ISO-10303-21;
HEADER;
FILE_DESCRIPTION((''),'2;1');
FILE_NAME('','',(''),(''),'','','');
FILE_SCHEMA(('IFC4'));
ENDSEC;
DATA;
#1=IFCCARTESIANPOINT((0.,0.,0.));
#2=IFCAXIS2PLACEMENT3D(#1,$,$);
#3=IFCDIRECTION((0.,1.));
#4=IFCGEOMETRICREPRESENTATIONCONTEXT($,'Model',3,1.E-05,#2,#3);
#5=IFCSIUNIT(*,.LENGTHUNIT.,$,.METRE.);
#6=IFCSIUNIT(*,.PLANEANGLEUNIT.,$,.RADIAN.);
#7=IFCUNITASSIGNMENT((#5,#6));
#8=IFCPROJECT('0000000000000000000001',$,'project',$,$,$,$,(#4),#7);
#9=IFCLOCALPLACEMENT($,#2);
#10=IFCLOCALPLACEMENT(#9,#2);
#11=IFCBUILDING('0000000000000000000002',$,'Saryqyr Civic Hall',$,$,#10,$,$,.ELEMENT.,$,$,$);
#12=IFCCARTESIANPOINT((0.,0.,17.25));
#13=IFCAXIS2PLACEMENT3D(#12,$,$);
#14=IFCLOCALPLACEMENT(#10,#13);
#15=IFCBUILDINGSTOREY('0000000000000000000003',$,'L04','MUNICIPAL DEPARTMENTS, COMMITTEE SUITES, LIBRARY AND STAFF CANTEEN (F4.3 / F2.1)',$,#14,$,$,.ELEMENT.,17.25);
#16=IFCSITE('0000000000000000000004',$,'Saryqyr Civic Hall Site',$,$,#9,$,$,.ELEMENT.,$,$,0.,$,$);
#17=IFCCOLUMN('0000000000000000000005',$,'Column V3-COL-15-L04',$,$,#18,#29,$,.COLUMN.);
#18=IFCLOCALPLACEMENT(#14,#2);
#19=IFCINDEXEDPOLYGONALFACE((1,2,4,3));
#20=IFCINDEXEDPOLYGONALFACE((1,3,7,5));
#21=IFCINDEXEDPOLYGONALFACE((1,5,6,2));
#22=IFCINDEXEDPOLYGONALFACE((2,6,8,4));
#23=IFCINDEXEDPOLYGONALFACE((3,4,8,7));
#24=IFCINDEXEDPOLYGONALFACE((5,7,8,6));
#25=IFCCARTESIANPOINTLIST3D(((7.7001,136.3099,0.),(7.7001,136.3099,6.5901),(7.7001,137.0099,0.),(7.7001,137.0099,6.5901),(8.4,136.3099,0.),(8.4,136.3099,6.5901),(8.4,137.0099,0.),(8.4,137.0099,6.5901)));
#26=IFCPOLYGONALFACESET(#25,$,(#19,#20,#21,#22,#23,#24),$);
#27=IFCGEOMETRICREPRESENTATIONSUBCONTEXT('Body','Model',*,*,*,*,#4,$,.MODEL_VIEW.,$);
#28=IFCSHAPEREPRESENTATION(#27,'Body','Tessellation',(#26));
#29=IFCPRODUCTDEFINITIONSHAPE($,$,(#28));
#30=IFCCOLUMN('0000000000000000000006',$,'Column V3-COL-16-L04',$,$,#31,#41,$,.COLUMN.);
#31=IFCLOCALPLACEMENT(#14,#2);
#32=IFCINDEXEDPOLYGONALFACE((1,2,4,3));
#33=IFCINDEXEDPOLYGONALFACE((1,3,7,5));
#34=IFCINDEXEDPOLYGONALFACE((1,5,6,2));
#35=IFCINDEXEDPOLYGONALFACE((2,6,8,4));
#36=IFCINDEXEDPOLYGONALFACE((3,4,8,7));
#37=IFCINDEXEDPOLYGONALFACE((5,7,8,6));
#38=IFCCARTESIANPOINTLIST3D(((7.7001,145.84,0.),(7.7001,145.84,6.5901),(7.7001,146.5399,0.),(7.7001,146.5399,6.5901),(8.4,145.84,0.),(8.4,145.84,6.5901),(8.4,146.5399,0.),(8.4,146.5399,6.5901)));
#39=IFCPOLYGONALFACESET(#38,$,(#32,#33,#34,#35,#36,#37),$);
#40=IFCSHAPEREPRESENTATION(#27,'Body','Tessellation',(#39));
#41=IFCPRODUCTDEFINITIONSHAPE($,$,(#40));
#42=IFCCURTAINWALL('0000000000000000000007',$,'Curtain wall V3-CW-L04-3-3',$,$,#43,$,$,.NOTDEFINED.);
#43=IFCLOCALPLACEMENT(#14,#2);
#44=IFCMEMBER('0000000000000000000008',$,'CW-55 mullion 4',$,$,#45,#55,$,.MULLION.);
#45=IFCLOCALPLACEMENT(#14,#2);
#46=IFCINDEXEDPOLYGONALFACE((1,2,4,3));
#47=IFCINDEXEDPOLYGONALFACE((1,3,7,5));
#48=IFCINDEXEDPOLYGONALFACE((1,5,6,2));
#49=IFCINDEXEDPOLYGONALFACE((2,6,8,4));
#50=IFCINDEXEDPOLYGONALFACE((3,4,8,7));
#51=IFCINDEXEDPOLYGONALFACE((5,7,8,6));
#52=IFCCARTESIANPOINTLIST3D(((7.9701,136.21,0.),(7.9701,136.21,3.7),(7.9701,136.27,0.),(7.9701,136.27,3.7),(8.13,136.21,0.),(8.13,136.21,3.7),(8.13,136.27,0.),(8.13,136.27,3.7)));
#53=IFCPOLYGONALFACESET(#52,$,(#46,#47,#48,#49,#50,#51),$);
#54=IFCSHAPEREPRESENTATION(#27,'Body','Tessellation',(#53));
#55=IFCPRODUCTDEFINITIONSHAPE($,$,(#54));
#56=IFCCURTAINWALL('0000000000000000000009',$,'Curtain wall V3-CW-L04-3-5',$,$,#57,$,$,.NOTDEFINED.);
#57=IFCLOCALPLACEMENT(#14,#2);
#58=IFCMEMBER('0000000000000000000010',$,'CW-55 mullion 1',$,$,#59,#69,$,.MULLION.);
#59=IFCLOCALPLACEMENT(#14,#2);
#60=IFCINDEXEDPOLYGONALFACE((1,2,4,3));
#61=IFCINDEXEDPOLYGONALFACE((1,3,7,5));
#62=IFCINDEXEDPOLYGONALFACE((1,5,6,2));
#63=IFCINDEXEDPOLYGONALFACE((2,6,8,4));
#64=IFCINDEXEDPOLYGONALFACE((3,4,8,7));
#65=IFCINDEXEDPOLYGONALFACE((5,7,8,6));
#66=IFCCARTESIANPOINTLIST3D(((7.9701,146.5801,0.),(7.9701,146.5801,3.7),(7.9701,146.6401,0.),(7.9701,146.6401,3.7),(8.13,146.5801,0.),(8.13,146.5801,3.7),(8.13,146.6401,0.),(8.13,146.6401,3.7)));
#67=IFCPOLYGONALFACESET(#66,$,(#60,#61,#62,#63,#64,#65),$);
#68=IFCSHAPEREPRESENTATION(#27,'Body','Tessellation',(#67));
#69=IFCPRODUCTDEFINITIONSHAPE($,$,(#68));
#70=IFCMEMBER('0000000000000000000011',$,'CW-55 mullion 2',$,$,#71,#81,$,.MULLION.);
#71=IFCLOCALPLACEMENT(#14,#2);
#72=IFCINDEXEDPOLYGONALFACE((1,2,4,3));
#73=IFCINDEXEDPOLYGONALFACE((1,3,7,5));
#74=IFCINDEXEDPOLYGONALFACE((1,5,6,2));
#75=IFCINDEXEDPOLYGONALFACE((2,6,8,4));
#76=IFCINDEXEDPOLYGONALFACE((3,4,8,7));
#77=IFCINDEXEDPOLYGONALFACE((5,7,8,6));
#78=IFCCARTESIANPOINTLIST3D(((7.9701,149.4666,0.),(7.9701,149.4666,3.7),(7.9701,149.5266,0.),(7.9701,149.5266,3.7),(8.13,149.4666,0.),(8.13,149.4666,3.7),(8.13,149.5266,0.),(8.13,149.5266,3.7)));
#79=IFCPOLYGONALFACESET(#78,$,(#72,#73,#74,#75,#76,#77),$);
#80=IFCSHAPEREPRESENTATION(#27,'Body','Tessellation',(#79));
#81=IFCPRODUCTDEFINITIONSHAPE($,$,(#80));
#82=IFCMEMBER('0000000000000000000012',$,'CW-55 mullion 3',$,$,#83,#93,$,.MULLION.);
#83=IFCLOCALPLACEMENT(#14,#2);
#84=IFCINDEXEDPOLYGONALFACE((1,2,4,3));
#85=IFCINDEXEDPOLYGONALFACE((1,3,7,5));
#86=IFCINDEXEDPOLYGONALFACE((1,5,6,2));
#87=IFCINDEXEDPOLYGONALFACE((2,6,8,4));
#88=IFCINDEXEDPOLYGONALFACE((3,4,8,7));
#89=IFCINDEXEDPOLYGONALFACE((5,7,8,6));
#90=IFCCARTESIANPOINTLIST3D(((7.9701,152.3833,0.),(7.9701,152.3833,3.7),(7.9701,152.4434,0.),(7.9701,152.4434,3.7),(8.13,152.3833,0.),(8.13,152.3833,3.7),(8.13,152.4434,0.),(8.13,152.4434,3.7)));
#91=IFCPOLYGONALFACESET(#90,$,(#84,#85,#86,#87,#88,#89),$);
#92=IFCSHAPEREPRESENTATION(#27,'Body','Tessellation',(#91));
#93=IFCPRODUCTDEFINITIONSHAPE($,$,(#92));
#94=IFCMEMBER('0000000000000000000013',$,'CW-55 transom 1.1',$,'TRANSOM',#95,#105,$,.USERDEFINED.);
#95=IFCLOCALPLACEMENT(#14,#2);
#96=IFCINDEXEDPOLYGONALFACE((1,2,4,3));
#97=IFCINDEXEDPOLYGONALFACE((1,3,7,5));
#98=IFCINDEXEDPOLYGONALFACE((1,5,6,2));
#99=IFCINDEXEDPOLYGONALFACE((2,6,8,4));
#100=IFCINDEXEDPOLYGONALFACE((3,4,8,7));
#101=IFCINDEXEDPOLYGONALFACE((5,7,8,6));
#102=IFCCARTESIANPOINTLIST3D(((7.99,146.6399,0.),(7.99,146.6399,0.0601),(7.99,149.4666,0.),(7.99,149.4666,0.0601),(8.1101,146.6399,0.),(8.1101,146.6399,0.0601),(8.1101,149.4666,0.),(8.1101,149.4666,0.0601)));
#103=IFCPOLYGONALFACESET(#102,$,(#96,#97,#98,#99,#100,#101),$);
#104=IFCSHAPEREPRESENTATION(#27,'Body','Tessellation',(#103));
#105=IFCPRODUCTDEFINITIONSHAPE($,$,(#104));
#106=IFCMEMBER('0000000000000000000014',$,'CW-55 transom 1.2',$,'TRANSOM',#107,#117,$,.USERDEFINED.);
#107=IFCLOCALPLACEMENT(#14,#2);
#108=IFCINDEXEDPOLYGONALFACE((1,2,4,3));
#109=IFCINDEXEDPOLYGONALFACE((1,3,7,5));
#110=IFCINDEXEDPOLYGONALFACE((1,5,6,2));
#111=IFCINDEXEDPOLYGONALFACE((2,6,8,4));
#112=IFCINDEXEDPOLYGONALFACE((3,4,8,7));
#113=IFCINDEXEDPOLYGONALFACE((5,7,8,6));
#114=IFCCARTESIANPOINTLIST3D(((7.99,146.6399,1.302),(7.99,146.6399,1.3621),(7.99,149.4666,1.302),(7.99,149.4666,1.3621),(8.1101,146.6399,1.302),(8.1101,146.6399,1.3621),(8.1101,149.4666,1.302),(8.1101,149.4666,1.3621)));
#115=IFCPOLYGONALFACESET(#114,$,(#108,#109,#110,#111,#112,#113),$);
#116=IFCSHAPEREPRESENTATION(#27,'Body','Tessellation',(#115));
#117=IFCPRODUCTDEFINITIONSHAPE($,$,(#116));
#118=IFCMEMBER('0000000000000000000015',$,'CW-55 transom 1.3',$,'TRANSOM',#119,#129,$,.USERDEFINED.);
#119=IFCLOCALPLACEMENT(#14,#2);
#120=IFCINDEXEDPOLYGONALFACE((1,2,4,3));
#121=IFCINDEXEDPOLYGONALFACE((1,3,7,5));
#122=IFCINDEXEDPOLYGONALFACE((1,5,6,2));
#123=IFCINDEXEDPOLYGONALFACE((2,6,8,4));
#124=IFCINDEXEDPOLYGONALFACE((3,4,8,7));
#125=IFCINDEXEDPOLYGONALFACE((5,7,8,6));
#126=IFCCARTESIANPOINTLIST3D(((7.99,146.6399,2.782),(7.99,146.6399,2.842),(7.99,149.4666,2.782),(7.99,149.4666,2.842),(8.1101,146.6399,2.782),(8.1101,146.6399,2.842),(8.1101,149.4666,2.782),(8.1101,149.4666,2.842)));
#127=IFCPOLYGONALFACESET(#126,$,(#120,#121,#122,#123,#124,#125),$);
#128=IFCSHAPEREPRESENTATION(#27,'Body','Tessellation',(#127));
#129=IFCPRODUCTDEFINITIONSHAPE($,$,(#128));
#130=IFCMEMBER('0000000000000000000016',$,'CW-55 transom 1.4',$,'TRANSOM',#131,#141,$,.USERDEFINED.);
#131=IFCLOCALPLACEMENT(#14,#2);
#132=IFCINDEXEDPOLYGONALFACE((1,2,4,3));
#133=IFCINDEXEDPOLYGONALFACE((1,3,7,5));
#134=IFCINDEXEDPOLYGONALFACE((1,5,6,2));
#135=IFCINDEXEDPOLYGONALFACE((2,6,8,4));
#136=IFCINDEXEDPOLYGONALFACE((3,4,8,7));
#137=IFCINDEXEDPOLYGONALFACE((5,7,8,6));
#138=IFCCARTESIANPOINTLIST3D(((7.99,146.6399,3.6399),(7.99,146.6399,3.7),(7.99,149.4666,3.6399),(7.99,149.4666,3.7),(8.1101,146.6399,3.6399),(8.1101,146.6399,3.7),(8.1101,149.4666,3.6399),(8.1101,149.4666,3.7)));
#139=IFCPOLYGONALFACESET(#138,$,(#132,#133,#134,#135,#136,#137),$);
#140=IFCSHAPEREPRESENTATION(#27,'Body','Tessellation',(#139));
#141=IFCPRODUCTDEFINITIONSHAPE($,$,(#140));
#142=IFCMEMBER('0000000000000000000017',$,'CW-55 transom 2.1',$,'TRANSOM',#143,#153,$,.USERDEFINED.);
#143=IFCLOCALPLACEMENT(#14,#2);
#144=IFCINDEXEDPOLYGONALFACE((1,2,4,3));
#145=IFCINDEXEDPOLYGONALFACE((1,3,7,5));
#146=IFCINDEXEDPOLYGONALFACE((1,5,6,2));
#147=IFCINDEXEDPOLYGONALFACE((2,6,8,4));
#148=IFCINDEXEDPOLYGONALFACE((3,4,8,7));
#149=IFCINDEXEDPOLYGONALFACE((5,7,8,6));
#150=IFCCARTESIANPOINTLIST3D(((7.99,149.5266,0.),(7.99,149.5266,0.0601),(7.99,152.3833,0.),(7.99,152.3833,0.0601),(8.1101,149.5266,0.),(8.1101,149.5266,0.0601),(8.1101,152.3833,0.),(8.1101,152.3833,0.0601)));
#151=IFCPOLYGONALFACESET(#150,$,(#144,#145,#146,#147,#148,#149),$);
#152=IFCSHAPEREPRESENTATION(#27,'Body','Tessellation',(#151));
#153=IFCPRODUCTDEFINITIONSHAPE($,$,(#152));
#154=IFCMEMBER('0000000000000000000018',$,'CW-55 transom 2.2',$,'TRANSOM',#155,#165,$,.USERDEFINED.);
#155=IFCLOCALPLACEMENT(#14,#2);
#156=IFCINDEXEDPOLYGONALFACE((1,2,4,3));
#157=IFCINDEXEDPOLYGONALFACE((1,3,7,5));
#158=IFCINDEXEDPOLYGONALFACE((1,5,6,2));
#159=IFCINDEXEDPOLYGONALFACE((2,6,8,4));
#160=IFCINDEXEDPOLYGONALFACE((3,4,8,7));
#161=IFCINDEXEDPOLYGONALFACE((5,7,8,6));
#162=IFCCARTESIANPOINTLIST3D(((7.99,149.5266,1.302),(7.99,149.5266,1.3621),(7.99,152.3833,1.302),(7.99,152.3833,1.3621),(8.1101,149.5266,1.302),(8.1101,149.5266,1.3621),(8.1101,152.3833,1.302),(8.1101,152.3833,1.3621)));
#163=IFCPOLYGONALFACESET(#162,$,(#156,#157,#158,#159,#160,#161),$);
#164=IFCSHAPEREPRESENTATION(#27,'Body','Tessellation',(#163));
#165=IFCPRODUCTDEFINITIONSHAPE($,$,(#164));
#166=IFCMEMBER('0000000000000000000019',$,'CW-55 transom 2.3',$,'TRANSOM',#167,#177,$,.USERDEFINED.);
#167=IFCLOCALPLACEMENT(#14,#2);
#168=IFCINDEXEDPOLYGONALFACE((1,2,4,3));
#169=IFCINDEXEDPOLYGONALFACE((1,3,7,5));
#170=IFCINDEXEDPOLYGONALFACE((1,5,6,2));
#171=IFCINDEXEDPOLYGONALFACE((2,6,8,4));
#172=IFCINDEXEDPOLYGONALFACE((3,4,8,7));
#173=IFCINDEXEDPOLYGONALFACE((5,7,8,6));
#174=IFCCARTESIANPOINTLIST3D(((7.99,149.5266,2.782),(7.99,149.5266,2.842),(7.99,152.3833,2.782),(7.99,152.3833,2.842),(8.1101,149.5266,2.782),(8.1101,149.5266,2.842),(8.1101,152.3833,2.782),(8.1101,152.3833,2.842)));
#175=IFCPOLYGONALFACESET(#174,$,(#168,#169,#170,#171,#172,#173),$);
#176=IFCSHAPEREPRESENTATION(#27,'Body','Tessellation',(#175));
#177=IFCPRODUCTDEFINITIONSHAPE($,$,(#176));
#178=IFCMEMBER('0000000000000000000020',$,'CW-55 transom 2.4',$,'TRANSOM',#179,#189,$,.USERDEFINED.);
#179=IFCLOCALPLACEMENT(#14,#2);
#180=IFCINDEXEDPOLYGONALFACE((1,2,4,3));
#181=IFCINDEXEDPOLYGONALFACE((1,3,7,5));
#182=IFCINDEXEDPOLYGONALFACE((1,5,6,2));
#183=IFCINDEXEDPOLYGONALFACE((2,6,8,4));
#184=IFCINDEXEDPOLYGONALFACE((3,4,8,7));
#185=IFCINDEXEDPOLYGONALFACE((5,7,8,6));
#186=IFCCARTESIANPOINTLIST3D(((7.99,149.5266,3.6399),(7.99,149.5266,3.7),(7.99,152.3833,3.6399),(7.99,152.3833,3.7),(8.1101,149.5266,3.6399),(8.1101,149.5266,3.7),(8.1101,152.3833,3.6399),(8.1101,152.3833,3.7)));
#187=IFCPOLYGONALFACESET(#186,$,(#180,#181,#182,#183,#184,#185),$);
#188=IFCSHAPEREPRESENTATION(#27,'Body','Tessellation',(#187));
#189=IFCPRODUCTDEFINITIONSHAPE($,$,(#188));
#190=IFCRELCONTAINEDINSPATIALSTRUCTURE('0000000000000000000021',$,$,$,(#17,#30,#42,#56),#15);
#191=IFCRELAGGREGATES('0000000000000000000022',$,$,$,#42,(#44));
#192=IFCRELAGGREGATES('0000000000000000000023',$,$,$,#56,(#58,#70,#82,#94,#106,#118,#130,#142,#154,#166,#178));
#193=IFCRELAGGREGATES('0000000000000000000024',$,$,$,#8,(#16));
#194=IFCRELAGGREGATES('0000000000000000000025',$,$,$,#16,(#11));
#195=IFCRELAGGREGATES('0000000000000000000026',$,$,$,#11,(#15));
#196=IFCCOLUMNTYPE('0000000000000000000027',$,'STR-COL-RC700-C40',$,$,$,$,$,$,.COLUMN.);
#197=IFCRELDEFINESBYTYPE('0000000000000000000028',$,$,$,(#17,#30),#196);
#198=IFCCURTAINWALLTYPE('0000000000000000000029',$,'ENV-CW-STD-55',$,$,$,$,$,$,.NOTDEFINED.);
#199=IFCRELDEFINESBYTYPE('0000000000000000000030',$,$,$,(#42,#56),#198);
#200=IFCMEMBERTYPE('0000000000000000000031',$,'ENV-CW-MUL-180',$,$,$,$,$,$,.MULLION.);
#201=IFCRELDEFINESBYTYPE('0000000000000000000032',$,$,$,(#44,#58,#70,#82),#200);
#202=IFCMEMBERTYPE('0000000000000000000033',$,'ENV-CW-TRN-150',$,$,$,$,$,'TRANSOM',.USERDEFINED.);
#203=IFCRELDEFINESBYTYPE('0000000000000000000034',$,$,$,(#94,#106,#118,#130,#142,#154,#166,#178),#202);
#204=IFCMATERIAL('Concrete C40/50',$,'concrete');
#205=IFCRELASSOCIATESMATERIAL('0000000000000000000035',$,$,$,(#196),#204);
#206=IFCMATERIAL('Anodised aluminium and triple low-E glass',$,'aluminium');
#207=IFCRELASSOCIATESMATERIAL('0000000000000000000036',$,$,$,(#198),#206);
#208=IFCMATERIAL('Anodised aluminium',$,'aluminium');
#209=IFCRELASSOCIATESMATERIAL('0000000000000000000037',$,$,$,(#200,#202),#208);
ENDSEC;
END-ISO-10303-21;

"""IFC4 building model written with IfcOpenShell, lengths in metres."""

from ifc_helpers import new_model, si_unit, direction, frame, origin, origin_2d, place, context, subcontext, project, spatial, rectangle, extrude, material, material_profile, profile_set, type_object, element, aggregate, save


model = new_model("IFC4")

# Units and contexts
model_context = context("Model", 3, precision=1e-05, world=origin(), true_north=direction((0.0, 1.0)))
body_context = subcontext(model_context, "Body", "Model", "MODEL_VIEW")
ifc_project = project(units=[si_unit("LENGTHUNIT", "METRE"), si_unit("PLANEANGLEUNIT", "RADIAN")], contexts=[model_context])

# Site, building, storey
site_placement = place(None, origin())
site = spatial("IfcSite", under=ifc_project, at=site_placement, Name="Saryqyr Civic Hall Site", CompositionType="ELEMENT", RefElevation=0.0)
building_placement = place(site_placement, origin())
building = spatial("IfcBuilding", under=site, at=building_placement, Name="Saryqyr Civic Hall", CompositionType="ELEMENT")
storey_placement = place(building_placement, frame((0.0, 0.0, 17.25)))
storey = spatial("IfcBuildingStorey", under=building, at=storey_placement, Name="L04", Description="MUNICIPAL DEPARTMENTS, COMMITTEE SUITES, LIBRARY AND STAFF CANTEEN (F4.3 / F2.1)", CompositionType="ELEMENT", Elevation=17.25)

# Columns
ifc_material_1 = material(Name="Concrete C40/50", Category="concrete")
ifc_material_profile_1 = material_profile(ifc_material_1, rectangle(XDim=0.7, YDim=0.7, at=origin_2d()), Name="RC 700x700")
ifc_profile_set_1 = profile_set([ifc_material_profile_1], Name="Concrete C40/50")
column_type = type_object("IfcColumnType", Name="STR-COL-RC700-C40", PredefinedType="COLUMN", material=ifc_profile_set_1)
for number, where, z_axis, x_axis, name in (
    (1, (8.05, 136.6599, 0.0), (0.0, 0.0, 1.0), (1.0, 0.0, 0.0), "Column V3-COL-15-L04"),
    (2, (8.05, 146.1899, 0.0), (0.0, 0.0, 1.0), (1.0, 0.0, 0.0), "Column V3-COL-16-L04"),
):
    element("IfcColumn", number, at=place(storey_placement, frame(where, z_axis=z_axis, x_axis=x_axis)), inside=storey, type_object=column_type, Name=name, PredefinedType="COLUMN", context=body_context, shape_type="SweptSolid", body=[
        extrude(rectangle(XDim=0.7, YDim=0.7, at=origin_2d()), origin(), (0.0, 0.0, 1.0), 6.5901),
    ])

# Curtain wall, member
ifc_material_2 = material(Name="Anodised aluminium and triple low-E glass", Category="aluminium")
curtain_wall_type = type_object("IfcCurtainWallType", Name="ENV-CW-STD-55", PredefinedType="NOTDEFINED", material=ifc_material_2)
curtain_wall_1_placement = place(storey_placement, origin())
curtain_wall_1 = element("IfcCurtainWall", 3, at=curtain_wall_1_placement, inside=storey, type_object=curtain_wall_type, Name="Curtain wall V3-CW-L04-3-3", PredefinedType="NOTDEFINED")
ifc_material_3 = material(Name="Anodised aluminium", Category="aluminium")
ifc_material_profile_2 = material_profile(ifc_material_3, rectangle(XDim=0.0601, YDim=0.1599, at=origin_2d()), Name="ALU MULLION 60x160")
ifc_profile_set_2 = profile_set([ifc_material_profile_2], Name="Anodised aluminium")
member_type_1 = type_object("IfcMemberType", Name="ENV-CW-MUL-180", PredefinedType="MULLION", material=ifc_profile_set_2)
member_1_placement = place(storey_placement, frame((8.05, 136.24, 0.0), z_axis=(0.0, 0.0, 1.0), x_axis=(0.0, 1.0, 0.0)))
member_1 = element("IfcMember", 4, at=member_1_placement, type_object=member_type_1, Name="CW-55 mullion 4", PredefinedType="MULLION", context=body_context, shape_type="SweptSolid", body=[
    extrude(rectangle(XDim=0.0601, YDim=0.1599, at=origin_2d()), origin(), (0.0, 0.0, 1.0), 3.7),
])
aggregate(curtain_wall_1, [member_1])

# Curtain wall, members
curtain_wall_2_placement = place(storey_placement, origin())
curtain_wall_2 = element("IfcCurtainWall", 5, at=curtain_wall_2_placement, inside=storey, type_object=curtain_wall_type, Name="Curtain wall V3-CW-L04-3-5", PredefinedType="NOTDEFINED")
member_2_placement = place(storey_placement, frame((8.05, 146.6101, 0.0), z_axis=(0.0, 0.0, 1.0), x_axis=(0.0, 1.0, 0.0)))
member_2 = element("IfcMember", 6, at=member_2_placement, type_object=member_type_1, Name="CW-55 mullion 1", PredefinedType="MULLION", context=body_context, shape_type="SweptSolid", body=[
    extrude(rectangle(XDim=0.0601, YDim=0.1599, at=origin_2d()), origin(), (0.0, 0.0, 1.0), 3.7),
])
member_3_placement = place(storey_placement, frame((8.05, 149.4966, 0.0), z_axis=(0.0, 0.0, 1.0), x_axis=(0.0, 1.0, 0.0)))
member_3 = element("IfcMember", 7, at=member_3_placement, type_object=member_type_1, Name="CW-55 mullion 2", PredefinedType="MULLION", context=body_context, shape_type="SweptSolid", body=[
    extrude(rectangle(XDim=0.0601, YDim=0.1599, at=origin_2d()), origin(), (0.0, 0.0, 1.0), 3.7),
])
member_4_placement = place(storey_placement, frame((8.05, 152.4133, 0.0), z_axis=(0.0, 0.0, 1.0), x_axis=(0.0, 1.0, 0.0)))
member_4 = element("IfcMember", 8, at=member_4_placement, type_object=member_type_1, Name="CW-55 mullion 3", PredefinedType="MULLION", context=body_context, shape_type="SweptSolid", body=[
    extrude(rectangle(XDim=0.0601, YDim=0.1599, at=origin_2d()), origin(), (0.0, 0.0, 1.0), 3.7),
])
ifc_material_profile_3 = material_profile(ifc_material_3, rectangle(XDim=0.1201, YDim=0.0601, at=origin_2d()), Name="ALU TRANSOM 120x60")
ifc_profile_set_3 = profile_set([ifc_material_profile_3], Name="Anodised aluminium")
member_type_2 = type_object("IfcMemberType", Name="ENV-CW-TRN-150", ElementType="TRANSOM", PredefinedType="USERDEFINED", material=ifc_profile_set_3)
member_5_placement = place(storey_placement, frame((8.05, 146.6399, 0.03), z_axis=(0.0, 1.0, 0.0), x_axis=(-1.0, 0.0, 0.0)))
member_5 = element("IfcMember", 9, at=member_5_placement, type_object=member_type_2, Name="CW-55 transom 1.1", ObjectType="TRANSOM", PredefinedType="USERDEFINED", context=body_context, shape_type="SweptSolid", body=[
    extrude(rectangle(XDim=0.1201, YDim=0.0601, at=origin_2d()), origin(), (0.0, 0.0, 1.0), 2.8267),
])
member_6_placement = place(storey_placement, frame((8.05, 146.6399, 1.332), z_axis=(0.0, 1.0, 0.0), x_axis=(-1.0, 0.0, 0.0)))
member_6 = element("IfcMember", 10, at=member_6_placement, type_object=member_type_2, Name="CW-55 transom 1.2", ObjectType="TRANSOM", PredefinedType="USERDEFINED", context=body_context, shape_type="SweptSolid", body=[
    extrude(rectangle(XDim=0.1201, YDim=0.0601, at=origin_2d()), origin(), (0.0, 0.0, 1.0), 2.8267),
])
member_7_placement = place(storey_placement, frame((8.05, 146.6399, 2.812), z_axis=(0.0, 1.0, 0.0), x_axis=(-1.0, 0.0, 0.0)))
member_7 = element("IfcMember", 11, at=member_7_placement, type_object=member_type_2, Name="CW-55 transom 1.3", ObjectType="TRANSOM", PredefinedType="USERDEFINED", context=body_context, shape_type="SweptSolid", body=[
    extrude(rectangle(XDim=0.1201, YDim=0.0601, at=origin_2d()), origin(), (0.0, 0.0, 1.0), 2.8267),
])
member_8_placement = place(storey_placement, frame((8.05, 146.6399, 3.6699), z_axis=(0.0, 1.0, 0.0), x_axis=(-1.0, 0.0, 0.0)))
member_8 = element("IfcMember", 12, at=member_8_placement, type_object=member_type_2, Name="CW-55 transom 1.4", ObjectType="TRANSOM", PredefinedType="USERDEFINED", context=body_context, shape_type="SweptSolid", body=[
    extrude(rectangle(XDim=0.1201, YDim=0.0601, at=origin_2d()), origin(), (0.0, 0.0, 1.0), 2.8267),
])
member_9_placement = place(storey_placement, frame((8.05, 149.5266, 0.03), z_axis=(0.0, 1.0, 0.0), x_axis=(-1.0, 0.0, 0.0)))
member_9 = element("IfcMember", 13, at=member_9_placement, type_object=member_type_2, Name="CW-55 transom 2.1", ObjectType="TRANSOM", PredefinedType="USERDEFINED", context=body_context, shape_type="SweptSolid", body=[
    extrude(rectangle(XDim=0.1201, YDim=0.0601, at=origin_2d()), origin(), (0.0, 0.0, 1.0), 2.8567),
])
member_10_placement = place(storey_placement, frame((8.05, 149.5266, 1.332), z_axis=(0.0, 1.0, 0.0), x_axis=(-1.0, 0.0, 0.0)))
member_10 = element("IfcMember", 14, at=member_10_placement, type_object=member_type_2, Name="CW-55 transom 2.2", ObjectType="TRANSOM", PredefinedType="USERDEFINED", context=body_context, shape_type="SweptSolid", body=[
    extrude(rectangle(XDim=0.1201, YDim=0.0601, at=origin_2d()), origin(), (0.0, 0.0, 1.0), 2.8567),
])
member_11_placement = place(storey_placement, frame((8.05, 149.5266, 2.812), z_axis=(0.0, 1.0, 0.0), x_axis=(-1.0, 0.0, 0.0)))
member_11 = element("IfcMember", 15, at=member_11_placement, type_object=member_type_2, Name="CW-55 transom 2.3", ObjectType="TRANSOM", PredefinedType="USERDEFINED", context=body_context, shape_type="SweptSolid", body=[
    extrude(rectangle(XDim=0.1201, YDim=0.0601, at=origin_2d()), origin(), (0.0, 0.0, 1.0), 2.8567),
])
member_12_placement = place(storey_placement, frame((8.05, 149.5266, 3.6699), z_axis=(0.0, 1.0, 0.0), x_axis=(-1.0, 0.0, 0.0)))
member_12 = element("IfcMember", 16, at=member_12_placement, type_object=member_type_2, Name="CW-55 transom 2.4", ObjectType="TRANSOM", PredefinedType="USERDEFINED", context=body_context, shape_type="SweptSolid", body=[
    extrude(rectangle(XDim=0.1201, YDim=0.0601, at=origin_2d()), origin(), (0.0, 0.0, 1.0), 2.8567),
])

aggregate(curtain_wall_2, [member_2, member_3, member_4, member_5, member_6, member_7, member_8, member_9, member_10, member_11, member_12])

save(model, "model.ifc")
